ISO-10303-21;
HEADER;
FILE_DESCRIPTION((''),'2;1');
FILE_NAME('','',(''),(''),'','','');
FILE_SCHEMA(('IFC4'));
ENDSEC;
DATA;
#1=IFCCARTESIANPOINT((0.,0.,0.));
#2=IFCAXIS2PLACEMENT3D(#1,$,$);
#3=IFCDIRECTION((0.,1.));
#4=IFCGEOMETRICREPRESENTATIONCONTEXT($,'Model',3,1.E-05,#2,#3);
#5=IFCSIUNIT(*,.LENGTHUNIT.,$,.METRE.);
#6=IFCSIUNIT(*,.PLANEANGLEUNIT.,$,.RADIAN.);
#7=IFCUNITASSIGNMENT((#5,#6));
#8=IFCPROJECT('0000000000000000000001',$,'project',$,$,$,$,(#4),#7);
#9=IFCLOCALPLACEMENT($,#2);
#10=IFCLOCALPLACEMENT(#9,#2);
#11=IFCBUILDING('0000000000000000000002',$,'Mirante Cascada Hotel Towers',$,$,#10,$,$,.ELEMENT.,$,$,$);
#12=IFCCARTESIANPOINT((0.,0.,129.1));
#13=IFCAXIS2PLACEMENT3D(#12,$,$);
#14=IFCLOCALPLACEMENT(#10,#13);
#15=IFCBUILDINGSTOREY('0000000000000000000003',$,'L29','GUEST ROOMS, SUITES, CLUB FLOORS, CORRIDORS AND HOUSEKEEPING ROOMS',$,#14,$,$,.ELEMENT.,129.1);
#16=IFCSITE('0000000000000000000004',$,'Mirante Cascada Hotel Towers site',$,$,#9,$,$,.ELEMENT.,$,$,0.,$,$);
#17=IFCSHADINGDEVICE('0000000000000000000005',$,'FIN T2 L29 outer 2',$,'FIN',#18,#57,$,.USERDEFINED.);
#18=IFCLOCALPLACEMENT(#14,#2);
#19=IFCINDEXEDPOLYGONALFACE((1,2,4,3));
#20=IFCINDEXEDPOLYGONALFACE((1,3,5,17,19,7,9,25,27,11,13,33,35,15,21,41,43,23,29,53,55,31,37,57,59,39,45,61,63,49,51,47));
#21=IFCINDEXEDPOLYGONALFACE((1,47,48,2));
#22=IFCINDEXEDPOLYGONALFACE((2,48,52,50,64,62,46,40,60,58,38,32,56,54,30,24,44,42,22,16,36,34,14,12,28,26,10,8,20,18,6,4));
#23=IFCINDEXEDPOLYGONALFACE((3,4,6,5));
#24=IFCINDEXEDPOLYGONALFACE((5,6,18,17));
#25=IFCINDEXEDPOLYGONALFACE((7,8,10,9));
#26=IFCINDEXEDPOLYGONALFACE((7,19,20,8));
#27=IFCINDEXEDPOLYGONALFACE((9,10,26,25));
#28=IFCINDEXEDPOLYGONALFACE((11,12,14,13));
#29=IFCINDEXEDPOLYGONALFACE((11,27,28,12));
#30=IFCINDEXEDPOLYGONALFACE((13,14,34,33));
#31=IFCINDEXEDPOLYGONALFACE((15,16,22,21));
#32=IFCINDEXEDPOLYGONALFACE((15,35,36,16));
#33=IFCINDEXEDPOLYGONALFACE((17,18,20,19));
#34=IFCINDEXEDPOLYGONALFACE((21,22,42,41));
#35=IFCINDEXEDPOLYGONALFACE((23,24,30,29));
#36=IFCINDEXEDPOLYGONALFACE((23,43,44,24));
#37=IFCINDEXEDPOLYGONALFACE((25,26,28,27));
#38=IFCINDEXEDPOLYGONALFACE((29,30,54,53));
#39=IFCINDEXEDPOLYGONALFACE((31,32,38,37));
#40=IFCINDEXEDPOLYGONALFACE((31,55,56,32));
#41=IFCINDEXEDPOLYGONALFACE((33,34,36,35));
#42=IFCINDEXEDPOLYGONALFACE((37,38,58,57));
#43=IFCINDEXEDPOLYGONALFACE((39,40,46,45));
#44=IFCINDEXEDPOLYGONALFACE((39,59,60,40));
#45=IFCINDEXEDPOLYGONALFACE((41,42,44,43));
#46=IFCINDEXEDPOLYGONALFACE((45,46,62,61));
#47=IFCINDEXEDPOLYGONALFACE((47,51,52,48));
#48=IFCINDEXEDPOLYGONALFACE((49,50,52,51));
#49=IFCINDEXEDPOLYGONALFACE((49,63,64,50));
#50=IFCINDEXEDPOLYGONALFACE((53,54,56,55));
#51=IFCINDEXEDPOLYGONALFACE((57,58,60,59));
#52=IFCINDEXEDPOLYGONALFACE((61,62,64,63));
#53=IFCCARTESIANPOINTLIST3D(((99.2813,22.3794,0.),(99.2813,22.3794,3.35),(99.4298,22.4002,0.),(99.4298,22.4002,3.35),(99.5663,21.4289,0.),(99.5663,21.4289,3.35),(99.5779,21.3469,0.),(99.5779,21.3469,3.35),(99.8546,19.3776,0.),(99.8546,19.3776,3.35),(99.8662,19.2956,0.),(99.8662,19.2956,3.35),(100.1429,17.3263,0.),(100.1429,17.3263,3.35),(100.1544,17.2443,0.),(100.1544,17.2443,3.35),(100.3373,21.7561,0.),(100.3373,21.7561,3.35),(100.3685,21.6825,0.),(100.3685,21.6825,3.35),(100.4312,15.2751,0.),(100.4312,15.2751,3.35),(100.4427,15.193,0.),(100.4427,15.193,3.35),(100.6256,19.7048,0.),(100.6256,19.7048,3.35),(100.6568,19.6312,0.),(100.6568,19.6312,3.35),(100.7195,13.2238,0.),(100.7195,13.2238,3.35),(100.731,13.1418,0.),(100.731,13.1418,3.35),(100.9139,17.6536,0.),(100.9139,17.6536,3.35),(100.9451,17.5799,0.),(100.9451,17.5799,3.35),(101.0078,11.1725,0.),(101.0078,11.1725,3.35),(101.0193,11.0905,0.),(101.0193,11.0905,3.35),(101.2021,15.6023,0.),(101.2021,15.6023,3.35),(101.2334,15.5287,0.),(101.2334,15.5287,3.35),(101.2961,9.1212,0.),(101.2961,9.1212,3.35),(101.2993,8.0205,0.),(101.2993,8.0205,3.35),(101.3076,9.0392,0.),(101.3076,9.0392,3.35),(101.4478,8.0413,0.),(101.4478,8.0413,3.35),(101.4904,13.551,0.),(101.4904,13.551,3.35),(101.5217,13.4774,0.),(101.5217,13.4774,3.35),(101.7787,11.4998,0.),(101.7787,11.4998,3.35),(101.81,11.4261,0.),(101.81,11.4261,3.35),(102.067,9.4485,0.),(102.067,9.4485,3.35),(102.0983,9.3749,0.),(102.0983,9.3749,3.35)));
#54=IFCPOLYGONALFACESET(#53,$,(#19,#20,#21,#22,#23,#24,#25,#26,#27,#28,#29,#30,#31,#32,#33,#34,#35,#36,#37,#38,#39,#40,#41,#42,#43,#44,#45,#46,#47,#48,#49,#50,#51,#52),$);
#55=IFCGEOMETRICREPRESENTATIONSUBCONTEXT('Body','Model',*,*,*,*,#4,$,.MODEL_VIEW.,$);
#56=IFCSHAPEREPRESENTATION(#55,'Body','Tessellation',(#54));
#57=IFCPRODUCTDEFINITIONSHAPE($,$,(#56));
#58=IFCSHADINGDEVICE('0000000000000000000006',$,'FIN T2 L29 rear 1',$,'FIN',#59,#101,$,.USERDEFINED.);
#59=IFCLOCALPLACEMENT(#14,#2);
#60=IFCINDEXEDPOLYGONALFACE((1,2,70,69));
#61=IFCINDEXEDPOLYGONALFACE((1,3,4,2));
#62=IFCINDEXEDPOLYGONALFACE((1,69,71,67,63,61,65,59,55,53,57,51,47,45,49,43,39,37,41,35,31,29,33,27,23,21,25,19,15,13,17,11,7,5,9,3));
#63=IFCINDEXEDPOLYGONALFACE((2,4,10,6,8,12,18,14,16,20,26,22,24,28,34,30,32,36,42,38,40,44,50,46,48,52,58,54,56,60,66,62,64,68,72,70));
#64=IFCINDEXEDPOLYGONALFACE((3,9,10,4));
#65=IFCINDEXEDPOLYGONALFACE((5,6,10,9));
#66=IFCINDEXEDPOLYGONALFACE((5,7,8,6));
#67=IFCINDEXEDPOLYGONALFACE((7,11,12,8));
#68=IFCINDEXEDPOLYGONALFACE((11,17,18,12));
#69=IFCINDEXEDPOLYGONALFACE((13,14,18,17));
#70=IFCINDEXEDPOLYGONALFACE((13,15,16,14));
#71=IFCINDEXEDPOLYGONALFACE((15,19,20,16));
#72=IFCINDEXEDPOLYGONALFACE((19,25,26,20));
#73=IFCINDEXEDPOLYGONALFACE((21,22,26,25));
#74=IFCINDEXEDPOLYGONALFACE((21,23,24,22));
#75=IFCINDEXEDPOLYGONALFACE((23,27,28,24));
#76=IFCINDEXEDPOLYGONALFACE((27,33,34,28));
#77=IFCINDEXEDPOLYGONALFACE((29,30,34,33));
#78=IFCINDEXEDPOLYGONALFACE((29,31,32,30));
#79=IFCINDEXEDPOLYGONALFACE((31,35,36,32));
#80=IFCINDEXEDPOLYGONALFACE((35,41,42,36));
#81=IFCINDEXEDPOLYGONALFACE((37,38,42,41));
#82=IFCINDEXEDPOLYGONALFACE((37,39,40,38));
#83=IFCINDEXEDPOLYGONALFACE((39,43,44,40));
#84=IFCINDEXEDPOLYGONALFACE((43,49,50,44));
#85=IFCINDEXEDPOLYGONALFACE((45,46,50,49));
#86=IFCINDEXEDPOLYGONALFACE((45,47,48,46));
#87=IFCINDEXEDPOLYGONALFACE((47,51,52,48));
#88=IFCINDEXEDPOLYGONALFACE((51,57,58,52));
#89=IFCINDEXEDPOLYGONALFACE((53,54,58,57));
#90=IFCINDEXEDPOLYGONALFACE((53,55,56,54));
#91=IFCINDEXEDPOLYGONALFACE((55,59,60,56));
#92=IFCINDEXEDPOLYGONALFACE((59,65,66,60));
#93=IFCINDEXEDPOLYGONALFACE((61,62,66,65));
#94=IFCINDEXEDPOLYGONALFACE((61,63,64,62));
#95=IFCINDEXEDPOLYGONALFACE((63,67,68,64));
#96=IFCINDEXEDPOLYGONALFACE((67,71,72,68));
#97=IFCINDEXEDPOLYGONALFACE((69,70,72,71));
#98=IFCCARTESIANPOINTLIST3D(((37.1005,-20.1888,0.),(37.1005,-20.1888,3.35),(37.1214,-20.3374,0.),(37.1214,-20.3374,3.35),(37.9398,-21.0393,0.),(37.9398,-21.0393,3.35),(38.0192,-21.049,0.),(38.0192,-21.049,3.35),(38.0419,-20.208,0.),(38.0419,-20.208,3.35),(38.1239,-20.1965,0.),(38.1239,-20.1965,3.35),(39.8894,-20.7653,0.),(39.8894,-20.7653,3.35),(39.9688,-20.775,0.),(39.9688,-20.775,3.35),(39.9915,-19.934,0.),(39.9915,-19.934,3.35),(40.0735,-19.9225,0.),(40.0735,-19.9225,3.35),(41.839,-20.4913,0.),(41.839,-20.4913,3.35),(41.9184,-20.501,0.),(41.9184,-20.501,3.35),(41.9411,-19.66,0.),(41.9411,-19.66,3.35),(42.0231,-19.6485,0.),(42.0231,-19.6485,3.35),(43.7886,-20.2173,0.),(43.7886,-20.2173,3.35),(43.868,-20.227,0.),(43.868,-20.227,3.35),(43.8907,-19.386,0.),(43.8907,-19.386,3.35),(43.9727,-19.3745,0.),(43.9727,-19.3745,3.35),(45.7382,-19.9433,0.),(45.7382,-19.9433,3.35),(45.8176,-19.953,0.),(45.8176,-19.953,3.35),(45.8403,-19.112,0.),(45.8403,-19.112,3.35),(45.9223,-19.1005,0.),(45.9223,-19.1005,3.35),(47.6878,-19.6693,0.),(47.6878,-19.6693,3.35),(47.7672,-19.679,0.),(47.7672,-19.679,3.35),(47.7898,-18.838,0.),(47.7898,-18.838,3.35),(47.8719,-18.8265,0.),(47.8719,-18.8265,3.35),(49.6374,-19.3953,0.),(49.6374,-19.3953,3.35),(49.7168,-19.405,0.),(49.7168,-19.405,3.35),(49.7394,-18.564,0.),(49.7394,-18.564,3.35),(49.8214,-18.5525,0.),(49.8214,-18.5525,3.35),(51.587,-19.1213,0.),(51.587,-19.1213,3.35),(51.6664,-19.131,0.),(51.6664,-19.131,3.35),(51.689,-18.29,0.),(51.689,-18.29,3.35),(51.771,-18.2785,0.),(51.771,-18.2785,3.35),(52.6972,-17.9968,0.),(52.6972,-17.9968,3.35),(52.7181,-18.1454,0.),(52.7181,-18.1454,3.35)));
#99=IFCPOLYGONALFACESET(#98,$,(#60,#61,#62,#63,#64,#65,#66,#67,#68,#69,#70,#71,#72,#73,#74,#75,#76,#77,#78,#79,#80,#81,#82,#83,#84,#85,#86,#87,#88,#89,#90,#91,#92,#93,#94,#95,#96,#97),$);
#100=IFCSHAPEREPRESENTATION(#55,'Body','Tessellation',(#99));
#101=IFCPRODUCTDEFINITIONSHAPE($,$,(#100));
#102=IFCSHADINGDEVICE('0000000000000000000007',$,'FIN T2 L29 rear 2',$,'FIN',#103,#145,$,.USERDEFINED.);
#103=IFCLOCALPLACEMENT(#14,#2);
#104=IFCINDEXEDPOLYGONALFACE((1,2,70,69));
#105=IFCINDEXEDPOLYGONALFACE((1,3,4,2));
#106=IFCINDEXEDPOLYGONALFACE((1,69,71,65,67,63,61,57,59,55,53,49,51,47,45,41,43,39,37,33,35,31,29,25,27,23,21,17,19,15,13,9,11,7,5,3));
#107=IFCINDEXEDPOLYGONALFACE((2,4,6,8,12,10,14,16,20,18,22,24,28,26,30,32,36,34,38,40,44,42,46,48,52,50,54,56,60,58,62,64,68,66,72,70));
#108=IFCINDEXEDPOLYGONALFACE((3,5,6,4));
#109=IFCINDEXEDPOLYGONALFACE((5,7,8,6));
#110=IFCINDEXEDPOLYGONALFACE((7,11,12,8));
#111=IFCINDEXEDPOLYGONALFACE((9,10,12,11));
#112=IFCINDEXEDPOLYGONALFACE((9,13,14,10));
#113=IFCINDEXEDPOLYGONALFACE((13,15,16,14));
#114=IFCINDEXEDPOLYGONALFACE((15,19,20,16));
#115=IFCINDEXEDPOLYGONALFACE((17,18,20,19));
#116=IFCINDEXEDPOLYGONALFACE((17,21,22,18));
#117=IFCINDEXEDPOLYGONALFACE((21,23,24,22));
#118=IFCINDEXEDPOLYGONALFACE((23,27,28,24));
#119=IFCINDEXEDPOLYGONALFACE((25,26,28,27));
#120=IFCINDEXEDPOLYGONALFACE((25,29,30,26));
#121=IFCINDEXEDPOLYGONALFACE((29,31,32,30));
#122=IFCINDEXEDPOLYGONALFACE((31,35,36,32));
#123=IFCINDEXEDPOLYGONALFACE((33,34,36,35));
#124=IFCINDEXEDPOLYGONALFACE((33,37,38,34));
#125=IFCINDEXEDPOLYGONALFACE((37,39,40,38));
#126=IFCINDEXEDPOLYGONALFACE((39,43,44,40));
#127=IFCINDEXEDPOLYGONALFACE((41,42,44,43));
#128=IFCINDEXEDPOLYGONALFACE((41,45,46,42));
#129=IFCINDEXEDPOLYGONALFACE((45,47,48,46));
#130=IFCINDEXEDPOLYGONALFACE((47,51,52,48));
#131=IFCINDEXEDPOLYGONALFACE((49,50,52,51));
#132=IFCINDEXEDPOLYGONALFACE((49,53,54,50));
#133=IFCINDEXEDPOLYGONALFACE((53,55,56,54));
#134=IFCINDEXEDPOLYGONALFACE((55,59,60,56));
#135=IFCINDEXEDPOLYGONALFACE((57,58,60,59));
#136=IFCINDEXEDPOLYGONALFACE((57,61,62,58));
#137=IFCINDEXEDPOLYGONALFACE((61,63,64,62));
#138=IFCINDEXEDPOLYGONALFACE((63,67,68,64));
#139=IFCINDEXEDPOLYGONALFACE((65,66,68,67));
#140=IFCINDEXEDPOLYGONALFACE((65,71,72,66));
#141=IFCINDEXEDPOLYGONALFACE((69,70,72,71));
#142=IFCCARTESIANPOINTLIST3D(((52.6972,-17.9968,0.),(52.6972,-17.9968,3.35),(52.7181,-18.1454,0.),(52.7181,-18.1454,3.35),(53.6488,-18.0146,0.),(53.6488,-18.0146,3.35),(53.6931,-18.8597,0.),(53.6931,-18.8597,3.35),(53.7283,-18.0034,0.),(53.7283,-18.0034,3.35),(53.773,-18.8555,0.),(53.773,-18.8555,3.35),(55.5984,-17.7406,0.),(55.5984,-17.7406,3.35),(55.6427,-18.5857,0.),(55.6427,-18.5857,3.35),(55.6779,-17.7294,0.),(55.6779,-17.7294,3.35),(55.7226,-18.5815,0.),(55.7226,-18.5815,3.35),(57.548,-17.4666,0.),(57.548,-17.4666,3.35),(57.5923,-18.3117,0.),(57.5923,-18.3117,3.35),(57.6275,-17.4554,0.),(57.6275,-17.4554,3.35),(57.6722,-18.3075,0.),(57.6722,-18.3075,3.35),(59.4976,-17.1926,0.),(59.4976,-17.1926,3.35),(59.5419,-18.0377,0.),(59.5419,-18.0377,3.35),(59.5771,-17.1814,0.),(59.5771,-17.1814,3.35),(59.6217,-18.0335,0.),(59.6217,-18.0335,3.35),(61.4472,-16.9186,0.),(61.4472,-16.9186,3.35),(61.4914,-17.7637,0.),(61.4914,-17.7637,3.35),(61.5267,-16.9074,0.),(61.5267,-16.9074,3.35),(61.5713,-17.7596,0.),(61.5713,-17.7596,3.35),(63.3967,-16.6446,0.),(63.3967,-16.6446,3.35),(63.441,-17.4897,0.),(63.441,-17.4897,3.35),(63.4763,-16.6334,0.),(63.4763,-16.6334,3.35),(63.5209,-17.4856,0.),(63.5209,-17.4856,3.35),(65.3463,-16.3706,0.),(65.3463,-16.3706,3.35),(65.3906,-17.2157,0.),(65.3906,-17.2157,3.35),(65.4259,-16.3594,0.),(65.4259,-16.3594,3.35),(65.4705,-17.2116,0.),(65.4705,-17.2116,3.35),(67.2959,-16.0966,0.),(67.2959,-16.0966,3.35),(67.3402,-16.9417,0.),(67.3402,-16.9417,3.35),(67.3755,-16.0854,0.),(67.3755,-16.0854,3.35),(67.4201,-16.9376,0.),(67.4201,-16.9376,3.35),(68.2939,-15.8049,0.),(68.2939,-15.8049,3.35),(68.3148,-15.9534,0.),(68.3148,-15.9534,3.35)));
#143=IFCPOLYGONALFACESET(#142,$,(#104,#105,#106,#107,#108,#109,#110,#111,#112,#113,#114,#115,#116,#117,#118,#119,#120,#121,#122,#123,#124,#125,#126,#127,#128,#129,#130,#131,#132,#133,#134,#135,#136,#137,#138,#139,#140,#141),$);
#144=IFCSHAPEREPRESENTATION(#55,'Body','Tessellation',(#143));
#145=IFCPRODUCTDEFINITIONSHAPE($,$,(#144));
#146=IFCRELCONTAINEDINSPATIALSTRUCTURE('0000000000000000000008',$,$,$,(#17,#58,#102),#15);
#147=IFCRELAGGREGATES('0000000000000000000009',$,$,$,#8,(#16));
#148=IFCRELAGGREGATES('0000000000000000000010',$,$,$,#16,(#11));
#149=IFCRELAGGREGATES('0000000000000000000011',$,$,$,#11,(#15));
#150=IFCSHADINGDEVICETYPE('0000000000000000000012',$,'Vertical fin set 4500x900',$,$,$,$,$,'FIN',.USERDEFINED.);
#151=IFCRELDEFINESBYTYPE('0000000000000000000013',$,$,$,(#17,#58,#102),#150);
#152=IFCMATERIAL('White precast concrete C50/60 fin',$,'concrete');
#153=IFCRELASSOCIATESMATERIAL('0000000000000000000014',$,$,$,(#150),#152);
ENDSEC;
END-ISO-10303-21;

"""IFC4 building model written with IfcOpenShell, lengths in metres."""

from ifc_helpers import new_model, si_unit, direction, frame, origin, place, context, subcontext, project, spatial, polyline, outline, extrude, material, type_object, element, save


model = new_model("IFC4")

# Units and contexts
model_context = context("Model", 3, precision=1e-05, world=origin(), true_north=direction((0.0, 1.0)))
body_context = subcontext(model_context, "Body", "Model", "MODEL_VIEW")
ifc_project = project(units=[si_unit("LENGTHUNIT", "METRE"), si_unit("PLANEANGLEUNIT", "RADIAN")], contexts=[model_context])

# Site, building, storey
site_placement = place(None, origin())
site = spatial("IfcSite", under=ifc_project, at=site_placement, Name="Mirante Cascada Hotel Towers site", CompositionType="ELEMENT", RefElevation=0.0)
building_placement = place(site_placement, origin())
building = spatial("IfcBuilding", under=site, at=building_placement, Name="Mirante Cascada Hotel Towers", CompositionType="ELEMENT")
storey_placement = place(building_placement, frame((0.0, 0.0, 129.1)))
storey = spatial("IfcBuildingStorey", under=building, at=storey_placement, Name="L29", Description="GUEST ROOMS, SUITES, CLUB FLOORS, CORRIDORS AND HOUSEKEEPING ROOMS", CompositionType="ELEMENT", Elevation=129.1)

# Shading devices
ifc_material_1 = material(Name="White precast concrete C50/60 fin", Category="concrete")
shading_device_type = type_object("IfcShadingDeviceType", Name="Vertical fin set 4500x900", ElementType="FIN", PredefinedType="USERDEFINED", material=ifc_material_1)
shading_device_1_placement = place(storey_placement, origin())
element("IfcShadingDevice", 1, at=shading_device_1_placement, inside=storey, type_object=shading_device_type, Name="FIN T2 L29 outer 2", ObjectType="FIN", PredefinedType="USERDEFINED", context=body_context, shape_type="SweptSolid", body=[
    extrude(outline(polyline([(102.0983, 9.3749), (101.3076, 9.0392), (101.4478, 8.0413), (101.2993, 8.0205), (99.2813, 22.3794), (99.4298, 22.4002), (99.5663, 21.4289), (100.3373, 21.7561), (100.3685, 21.6825), (99.5779, 21.3469), (99.8546, 19.3776), (100.6256, 19.7048), (100.6568, 19.6312), (99.8662, 19.2956), (100.1429, 17.3263), (100.9139, 17.6536), (100.9451, 17.5799), (100.1544, 17.2443), (100.4312, 15.2751), (101.2021, 15.6023), (101.2334, 15.5287), (100.4427, 15.193), (100.7195, 13.2238), (101.4904, 13.551), (101.5217, 13.4774), (100.731, 13.1418), (101.0078, 11.1725), (101.7787, 11.4998), (101.81, 11.4261), (101.0193, 11.0905), (101.2961, 9.1212), (102.067, 9.4485), (102.0983, 9.3749)])), origin(), (0.0, 0.0, 1.0), 3.35),
])
shading_device_2_placement = place(storey_placement, origin())
element("IfcShadingDevice", 2, at=shading_device_2_placement, inside=storey, type_object=shading_device_type, Name="FIN T2 L29 rear 1", ObjectType="FIN", PredefinedType="USERDEFINED", context=body_context, shape_type="SweptSolid", body=[
    extrude(outline(polyline([(37.9398, -21.0393), (38.0419, -20.208), (37.1214, -20.3374), (37.1005, -20.1888), (52.6972, -17.9968), (52.7181, -18.1454), (51.771, -18.2785), (51.6664, -19.131), (51.587, -19.1213), (51.689, -18.29), (49.8214, -18.5525), (49.7168, -19.405), (49.6374, -19.3953), (49.7394, -18.564), (47.8719, -18.8265), (47.7672, -19.679), (47.6878, -19.6693), (47.7898, -18.838), (45.9223, -19.1005), (45.8176, -19.953), (45.7382, -19.9433), (45.8403, -19.112), (43.9727, -19.3745), (43.868, -20.227), (43.7886, -20.2173), (43.8907, -19.386), (42.0231, -19.6485), (41.9184, -20.501), (41.839, -20.4913), (41.9411, -19.66), (40.0735, -19.9225), (39.9688, -20.775), (39.8894, -20.7653), (39.9915, -19.934), (38.1239, -20.1965), (38.0192, -21.049), (37.9398, -21.0393)])), origin(), (0.0, 0.0, 1.0), 3.35),
])
shading_device_3_placement = place(storey_placement, origin())
element("IfcShadingDevice", 3, at=shading_device_3_placement, inside=storey, type_object=shading_device_type, Name="FIN T2 L29 rear 2", ObjectType="FIN", PredefinedType="USERDEFINED", context=body_context, shape_type="SweptSolid", body=[
    extrude(outline(polyline([(53.6931, -18.8597), (53.6488, -18.0146), (52.7181, -18.1454), (52.6972, -17.9968), (68.2939, -15.8049), (68.3148, -15.9534), (67.3755, -16.0854), (67.4201, -16.9376), (67.3402, -16.9417), (67.2959, -16.0966), (65.4259, -16.3594), (65.4705, -17.2116), (65.3906, -17.2157), (65.3463, -16.3706), (63.4763, -16.6334), (63.5209, -17.4856), (63.441, -17.4897), (63.3967, -16.6446), (61.5267, -16.9074), (61.5713, -17.7596), (61.4914, -17.7637), (61.4472, -16.9186), (59.5771, -17.1814), (59.6217, -18.0335), (59.5419, -18.0377), (59.4976, -17.1926), (57.6275, -17.4554), (57.6722, -18.3075), (57.5923, -18.3117), (57.548, -17.4666), (55.6779, -17.7294), (55.7226, -18.5815), (55.6427, -18.5857), (55.5984, -17.7406), (53.7283, -18.0034), (53.773, -18.8555), (53.6931, -18.8597)])), origin(), (0.0, 0.0, 1.0), 3.35),
])

save(model, "model.ifc")
